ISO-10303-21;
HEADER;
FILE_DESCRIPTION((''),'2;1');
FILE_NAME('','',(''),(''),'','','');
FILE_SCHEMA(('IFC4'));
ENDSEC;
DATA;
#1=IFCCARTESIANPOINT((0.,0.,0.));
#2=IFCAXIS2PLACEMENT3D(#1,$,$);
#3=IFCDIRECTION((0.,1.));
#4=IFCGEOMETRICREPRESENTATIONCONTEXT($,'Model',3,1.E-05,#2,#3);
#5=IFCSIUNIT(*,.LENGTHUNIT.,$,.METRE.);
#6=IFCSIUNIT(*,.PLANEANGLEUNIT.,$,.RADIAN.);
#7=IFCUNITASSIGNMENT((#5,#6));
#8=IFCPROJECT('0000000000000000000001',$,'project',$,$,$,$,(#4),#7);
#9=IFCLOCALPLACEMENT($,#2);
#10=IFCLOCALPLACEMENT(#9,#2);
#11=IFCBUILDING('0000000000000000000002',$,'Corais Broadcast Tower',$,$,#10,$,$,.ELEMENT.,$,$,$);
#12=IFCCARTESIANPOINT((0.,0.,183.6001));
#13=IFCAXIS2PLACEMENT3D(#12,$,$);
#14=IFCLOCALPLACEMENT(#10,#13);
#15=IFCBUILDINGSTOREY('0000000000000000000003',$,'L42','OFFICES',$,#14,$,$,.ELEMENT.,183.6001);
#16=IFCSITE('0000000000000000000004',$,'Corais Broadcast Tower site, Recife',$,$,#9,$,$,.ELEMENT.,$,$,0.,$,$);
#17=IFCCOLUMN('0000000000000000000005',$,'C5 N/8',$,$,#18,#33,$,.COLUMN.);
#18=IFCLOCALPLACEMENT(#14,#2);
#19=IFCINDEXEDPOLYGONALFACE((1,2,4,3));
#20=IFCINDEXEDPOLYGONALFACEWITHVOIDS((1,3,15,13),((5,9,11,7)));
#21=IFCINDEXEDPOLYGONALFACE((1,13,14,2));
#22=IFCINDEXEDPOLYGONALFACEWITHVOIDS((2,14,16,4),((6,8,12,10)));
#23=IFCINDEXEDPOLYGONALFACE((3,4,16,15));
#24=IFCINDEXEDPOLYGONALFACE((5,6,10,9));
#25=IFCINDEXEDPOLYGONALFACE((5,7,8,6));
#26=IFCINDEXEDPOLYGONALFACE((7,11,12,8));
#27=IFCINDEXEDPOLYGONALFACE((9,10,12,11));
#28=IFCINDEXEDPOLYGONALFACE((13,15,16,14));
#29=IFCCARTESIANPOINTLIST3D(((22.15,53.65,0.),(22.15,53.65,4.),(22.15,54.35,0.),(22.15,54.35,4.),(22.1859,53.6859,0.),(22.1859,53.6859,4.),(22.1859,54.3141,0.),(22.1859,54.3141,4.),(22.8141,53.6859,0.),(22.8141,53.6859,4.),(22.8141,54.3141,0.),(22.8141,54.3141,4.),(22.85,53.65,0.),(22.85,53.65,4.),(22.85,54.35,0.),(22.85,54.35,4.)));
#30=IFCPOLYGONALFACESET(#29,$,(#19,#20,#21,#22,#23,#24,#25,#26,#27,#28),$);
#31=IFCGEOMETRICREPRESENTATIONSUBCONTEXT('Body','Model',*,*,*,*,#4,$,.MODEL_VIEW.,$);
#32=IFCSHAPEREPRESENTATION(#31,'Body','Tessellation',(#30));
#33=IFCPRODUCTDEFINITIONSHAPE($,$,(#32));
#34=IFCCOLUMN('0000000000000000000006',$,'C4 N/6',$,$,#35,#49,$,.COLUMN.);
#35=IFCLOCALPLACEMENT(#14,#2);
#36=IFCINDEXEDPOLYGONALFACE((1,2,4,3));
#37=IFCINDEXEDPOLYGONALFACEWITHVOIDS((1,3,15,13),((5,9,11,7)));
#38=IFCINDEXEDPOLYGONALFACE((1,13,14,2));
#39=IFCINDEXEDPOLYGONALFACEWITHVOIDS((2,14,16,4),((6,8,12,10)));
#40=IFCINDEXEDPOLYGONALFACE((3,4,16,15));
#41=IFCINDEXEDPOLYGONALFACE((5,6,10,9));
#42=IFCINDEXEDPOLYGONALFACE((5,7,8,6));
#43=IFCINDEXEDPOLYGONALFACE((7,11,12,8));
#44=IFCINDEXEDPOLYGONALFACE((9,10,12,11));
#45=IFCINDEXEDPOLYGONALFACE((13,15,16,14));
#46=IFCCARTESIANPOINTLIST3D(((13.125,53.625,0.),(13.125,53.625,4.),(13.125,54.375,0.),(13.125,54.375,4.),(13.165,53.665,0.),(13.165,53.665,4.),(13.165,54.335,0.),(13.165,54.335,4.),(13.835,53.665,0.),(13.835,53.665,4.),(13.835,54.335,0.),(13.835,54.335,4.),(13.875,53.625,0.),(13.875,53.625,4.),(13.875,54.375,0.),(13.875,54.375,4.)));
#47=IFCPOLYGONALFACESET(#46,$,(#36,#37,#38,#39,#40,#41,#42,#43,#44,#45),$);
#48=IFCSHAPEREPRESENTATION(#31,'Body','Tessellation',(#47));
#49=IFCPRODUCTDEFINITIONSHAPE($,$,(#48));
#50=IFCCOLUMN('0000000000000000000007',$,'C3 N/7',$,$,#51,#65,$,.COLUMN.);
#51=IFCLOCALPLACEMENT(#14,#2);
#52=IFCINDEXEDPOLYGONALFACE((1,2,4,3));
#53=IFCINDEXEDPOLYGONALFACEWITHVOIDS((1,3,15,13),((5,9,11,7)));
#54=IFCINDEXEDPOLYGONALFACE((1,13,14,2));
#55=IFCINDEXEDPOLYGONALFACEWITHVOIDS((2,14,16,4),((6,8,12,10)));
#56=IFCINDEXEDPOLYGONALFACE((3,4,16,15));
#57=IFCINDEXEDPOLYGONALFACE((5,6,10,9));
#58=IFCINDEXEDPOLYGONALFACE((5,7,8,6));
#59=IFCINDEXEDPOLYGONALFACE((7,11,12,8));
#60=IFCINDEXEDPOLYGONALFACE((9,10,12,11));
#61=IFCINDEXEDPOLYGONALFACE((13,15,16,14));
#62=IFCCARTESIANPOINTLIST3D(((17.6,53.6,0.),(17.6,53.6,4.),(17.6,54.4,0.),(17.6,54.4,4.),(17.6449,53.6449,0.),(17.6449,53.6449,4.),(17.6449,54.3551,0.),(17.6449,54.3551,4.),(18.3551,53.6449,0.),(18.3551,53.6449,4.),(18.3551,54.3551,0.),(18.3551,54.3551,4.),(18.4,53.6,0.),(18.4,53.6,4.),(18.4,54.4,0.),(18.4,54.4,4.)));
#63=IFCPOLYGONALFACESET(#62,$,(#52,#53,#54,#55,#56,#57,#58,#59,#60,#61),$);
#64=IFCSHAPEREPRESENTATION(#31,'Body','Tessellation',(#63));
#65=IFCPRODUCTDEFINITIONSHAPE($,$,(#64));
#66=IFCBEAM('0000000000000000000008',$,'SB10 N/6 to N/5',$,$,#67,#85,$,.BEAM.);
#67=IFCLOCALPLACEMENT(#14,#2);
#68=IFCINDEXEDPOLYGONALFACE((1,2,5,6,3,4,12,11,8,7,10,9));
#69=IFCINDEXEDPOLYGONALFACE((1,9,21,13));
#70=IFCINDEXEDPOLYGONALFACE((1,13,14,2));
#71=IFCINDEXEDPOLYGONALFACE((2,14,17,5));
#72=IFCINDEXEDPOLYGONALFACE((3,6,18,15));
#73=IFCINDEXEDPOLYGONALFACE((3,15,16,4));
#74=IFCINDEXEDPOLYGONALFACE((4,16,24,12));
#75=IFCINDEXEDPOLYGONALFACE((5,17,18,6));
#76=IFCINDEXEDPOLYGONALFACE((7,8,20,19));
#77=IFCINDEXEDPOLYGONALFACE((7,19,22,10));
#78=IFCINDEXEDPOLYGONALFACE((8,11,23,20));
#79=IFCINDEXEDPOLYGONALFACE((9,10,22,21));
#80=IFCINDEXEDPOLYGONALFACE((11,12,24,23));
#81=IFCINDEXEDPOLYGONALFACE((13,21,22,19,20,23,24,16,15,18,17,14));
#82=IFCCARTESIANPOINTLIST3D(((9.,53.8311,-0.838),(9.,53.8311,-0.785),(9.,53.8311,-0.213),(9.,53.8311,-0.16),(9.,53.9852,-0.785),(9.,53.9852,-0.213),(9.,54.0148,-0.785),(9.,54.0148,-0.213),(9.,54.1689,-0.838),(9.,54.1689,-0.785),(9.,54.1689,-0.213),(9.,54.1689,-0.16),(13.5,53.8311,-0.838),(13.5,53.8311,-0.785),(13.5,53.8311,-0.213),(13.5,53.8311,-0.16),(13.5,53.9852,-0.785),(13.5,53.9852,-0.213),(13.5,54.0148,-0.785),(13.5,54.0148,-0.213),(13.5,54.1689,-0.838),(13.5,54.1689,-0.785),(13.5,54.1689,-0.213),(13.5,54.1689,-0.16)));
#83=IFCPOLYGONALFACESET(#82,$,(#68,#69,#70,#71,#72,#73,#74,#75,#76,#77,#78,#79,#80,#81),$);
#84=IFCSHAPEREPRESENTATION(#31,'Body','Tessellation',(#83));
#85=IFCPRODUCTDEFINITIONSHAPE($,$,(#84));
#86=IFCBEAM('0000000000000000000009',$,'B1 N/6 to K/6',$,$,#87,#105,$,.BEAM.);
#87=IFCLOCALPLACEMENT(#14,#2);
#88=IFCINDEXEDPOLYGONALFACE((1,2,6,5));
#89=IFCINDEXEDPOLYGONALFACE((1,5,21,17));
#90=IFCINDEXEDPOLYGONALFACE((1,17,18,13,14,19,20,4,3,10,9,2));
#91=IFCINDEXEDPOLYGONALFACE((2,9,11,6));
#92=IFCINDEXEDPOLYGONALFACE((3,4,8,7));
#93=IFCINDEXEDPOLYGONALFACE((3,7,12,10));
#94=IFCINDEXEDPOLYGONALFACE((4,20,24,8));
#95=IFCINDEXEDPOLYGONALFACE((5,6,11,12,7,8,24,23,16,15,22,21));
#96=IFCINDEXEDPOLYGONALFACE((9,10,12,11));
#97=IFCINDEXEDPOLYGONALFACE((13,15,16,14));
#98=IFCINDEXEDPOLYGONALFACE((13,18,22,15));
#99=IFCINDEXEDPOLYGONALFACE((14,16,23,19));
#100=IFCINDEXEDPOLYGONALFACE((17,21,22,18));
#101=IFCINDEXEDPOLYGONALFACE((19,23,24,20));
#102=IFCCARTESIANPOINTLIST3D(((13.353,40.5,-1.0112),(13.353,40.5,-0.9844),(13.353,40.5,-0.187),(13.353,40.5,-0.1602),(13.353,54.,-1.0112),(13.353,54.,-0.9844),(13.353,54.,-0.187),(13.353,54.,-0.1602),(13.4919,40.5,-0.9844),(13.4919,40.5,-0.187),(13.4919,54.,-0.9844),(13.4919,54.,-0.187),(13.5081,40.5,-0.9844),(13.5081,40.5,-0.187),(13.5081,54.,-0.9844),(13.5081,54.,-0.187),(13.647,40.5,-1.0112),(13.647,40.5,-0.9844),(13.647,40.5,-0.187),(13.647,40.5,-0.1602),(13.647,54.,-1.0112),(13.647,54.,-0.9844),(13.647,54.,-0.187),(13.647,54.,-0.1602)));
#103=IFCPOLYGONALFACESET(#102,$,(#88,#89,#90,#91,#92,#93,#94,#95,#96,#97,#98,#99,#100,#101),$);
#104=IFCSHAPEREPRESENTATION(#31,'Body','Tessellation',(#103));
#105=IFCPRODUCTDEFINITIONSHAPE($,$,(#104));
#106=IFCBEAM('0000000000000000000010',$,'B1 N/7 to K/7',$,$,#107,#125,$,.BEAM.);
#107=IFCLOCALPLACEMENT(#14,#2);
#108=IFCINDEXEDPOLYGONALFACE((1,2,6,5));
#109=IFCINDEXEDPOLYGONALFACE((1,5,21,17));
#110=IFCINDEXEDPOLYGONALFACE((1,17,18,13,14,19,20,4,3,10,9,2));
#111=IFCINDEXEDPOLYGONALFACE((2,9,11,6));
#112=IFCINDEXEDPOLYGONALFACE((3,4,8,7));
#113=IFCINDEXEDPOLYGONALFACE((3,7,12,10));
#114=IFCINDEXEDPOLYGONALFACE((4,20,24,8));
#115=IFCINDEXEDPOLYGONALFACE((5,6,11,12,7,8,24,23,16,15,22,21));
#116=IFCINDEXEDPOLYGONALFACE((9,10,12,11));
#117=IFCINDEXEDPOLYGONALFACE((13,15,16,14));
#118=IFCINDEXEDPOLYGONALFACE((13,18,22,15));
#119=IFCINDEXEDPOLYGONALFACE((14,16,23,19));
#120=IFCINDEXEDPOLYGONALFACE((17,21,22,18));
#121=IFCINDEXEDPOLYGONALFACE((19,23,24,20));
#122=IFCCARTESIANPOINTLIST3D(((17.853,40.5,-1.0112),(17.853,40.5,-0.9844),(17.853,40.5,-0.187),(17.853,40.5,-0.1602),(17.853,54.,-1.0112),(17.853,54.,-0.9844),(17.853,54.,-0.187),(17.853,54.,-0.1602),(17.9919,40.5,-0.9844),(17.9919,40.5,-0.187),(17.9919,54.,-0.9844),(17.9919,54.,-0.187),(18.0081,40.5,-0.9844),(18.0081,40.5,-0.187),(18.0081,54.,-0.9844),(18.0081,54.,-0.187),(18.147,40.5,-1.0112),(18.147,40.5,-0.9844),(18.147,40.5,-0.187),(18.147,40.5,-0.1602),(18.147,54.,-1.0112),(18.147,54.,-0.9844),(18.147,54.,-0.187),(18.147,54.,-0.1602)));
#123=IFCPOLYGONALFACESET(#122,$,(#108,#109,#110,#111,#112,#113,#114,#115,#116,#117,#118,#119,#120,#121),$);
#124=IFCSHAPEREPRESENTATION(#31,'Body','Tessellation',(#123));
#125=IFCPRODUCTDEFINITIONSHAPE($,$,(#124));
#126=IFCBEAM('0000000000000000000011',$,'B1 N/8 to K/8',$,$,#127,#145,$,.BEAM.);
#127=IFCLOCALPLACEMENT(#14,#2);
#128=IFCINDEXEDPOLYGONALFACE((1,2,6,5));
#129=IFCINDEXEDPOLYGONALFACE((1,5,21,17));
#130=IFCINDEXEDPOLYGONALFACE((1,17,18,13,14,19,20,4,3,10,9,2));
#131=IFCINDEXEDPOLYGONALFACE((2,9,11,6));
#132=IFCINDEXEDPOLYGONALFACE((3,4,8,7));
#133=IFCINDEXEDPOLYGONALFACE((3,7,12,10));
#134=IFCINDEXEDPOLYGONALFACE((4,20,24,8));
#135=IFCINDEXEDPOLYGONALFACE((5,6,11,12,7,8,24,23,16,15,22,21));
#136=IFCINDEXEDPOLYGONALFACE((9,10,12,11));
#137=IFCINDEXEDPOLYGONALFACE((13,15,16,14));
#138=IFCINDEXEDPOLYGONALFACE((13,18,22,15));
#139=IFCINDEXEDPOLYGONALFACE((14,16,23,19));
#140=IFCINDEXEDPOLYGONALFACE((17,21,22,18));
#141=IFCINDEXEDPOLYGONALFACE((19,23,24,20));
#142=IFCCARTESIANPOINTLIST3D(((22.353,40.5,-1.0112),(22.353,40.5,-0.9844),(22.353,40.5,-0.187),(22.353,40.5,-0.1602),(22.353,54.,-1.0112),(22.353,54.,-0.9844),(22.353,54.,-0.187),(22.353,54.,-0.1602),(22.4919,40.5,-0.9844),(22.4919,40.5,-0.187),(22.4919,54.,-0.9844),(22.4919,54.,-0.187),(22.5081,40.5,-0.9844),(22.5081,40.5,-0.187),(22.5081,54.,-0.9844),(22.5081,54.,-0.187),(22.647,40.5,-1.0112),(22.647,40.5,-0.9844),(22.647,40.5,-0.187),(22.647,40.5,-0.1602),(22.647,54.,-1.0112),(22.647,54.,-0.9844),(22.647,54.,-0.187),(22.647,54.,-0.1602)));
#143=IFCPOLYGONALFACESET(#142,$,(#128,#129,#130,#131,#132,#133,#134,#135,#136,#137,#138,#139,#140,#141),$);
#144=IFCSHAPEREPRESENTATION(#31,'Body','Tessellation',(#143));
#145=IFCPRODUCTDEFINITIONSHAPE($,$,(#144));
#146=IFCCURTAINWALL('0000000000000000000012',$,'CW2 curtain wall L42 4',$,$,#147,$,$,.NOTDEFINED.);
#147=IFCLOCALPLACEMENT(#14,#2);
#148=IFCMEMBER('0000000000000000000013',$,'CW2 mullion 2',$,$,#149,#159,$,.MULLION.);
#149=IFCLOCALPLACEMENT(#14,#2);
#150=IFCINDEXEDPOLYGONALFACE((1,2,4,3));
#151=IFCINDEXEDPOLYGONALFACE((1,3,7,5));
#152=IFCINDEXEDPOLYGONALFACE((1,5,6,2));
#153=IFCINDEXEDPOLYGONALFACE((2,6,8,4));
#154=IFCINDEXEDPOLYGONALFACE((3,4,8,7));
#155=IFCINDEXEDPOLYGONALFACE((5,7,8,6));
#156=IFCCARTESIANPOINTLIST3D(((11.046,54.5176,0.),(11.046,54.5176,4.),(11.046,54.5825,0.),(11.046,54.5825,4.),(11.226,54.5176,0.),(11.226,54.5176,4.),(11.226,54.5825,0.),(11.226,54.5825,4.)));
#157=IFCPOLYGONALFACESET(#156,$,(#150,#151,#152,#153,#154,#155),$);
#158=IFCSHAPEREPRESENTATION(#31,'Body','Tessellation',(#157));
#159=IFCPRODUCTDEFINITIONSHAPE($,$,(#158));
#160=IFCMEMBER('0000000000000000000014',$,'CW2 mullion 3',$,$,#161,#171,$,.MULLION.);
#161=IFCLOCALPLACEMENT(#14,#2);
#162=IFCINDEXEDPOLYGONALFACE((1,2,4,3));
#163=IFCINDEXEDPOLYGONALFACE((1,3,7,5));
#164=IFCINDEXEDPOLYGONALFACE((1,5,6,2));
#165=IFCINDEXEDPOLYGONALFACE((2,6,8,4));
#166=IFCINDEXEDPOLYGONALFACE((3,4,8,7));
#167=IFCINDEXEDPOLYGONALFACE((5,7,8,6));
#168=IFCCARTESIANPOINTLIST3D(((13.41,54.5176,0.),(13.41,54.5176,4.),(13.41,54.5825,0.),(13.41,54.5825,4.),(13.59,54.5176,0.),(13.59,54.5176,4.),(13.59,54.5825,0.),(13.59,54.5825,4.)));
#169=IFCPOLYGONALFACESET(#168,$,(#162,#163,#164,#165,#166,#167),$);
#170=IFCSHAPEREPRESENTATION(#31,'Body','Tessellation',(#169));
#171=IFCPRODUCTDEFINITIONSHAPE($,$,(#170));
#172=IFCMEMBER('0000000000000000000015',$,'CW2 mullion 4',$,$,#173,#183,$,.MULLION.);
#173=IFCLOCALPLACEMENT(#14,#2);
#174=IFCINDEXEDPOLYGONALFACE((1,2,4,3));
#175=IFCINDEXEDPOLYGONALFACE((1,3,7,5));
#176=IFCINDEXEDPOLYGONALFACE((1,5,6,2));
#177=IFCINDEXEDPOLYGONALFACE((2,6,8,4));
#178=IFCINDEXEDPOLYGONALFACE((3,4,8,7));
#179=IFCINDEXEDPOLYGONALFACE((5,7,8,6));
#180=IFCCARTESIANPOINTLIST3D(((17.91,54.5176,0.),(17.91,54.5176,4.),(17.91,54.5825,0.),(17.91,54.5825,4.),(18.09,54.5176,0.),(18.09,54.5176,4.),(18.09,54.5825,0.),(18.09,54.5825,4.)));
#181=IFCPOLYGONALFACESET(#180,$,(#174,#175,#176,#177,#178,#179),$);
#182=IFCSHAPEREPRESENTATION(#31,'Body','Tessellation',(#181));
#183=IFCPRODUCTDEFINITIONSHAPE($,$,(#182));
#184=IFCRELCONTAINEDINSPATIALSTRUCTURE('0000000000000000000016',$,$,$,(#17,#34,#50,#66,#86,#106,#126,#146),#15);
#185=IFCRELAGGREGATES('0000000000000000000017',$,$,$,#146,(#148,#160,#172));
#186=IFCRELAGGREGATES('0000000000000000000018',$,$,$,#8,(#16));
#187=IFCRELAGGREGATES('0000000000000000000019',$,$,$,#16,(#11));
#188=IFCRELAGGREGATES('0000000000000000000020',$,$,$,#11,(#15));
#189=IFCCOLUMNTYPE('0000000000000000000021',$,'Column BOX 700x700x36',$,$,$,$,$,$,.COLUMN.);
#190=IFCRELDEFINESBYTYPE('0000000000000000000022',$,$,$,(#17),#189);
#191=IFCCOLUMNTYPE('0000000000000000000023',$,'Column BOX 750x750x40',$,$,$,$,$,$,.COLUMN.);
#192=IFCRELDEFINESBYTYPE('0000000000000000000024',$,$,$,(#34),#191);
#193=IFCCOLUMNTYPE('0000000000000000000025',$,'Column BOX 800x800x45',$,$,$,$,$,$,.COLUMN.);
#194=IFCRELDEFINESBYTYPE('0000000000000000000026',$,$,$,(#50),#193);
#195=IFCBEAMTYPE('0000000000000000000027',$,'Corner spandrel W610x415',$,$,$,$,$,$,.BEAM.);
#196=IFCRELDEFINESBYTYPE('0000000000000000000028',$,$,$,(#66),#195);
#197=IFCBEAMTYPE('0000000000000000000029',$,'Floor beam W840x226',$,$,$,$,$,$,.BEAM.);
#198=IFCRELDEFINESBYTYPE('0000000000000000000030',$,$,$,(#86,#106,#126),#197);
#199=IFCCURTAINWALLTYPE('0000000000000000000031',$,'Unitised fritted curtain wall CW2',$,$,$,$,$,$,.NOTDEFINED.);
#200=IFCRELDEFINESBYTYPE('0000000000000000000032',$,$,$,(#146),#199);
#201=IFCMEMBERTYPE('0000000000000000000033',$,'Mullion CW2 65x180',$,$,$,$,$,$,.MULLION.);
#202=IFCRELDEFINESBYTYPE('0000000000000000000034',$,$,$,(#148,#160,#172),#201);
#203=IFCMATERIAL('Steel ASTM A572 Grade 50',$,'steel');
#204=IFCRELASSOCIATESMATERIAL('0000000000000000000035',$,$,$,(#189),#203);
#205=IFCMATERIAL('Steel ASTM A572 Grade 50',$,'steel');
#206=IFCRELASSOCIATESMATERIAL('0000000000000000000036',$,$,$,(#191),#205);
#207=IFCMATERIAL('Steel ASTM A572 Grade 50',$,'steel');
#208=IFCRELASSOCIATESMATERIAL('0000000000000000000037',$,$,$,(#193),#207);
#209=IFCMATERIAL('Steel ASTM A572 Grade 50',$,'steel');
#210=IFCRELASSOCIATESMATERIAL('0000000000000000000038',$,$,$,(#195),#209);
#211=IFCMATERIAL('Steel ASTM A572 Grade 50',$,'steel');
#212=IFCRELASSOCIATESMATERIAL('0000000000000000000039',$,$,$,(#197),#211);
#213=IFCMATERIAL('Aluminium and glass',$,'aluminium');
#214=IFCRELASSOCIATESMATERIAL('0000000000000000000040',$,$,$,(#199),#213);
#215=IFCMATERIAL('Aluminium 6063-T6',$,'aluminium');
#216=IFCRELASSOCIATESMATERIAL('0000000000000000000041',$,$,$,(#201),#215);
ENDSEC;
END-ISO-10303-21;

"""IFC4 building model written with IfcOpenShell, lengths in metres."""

from ifc_helpers import new_model, si_unit, direction, frame, origin, origin_2d, place, context, subcontext, project, spatial, rectangle, hollow_rectangle, i_section, extrude, material, material_profile, profile_set, type_object, element, aggregate, save


model = new_model("IFC4")

# Units and contexts
model_context = context("Model", 3, precision=1e-05, world=origin(), true_north=direction((0.0, 1.0)))
body_context = subcontext(model_context, "Body", "Model", "MODEL_VIEW")
ifc_project = project(units=[si_unit("LENGTHUNIT", "METRE"), si_unit("PLANEANGLEUNIT", "RADIAN")], contexts=[model_context])

# Site, building, storey
site_placement = place(None, origin())
site = spatial("IfcSite", under=ifc_project, at=site_placement, Name="Corais Broadcast Tower site, Recife", CompositionType="ELEMENT", RefElevation=0.0)
building_placement = place(site_placement, origin())
building = spatial("IfcBuilding", under=site, at=building_placement, Name="Corais Broadcast Tower", CompositionType="ELEMENT")
storey_placement = place(building_placement, frame((0.0, 0.0, 183.6001)))
storey = spatial("IfcBuildingStorey", under=building, at=storey_placement, Name="L42", Description="OFFICES", CompositionType="ELEMENT", Elevation=183.6001)

# Columns
ifc_material_1 = material(Name="Steel ASTM A572 Grade 50", Category="steel")
ifc_material_profile_1 = material_profile(ifc_material_1, hollow_rectangle(XDim=0.7, YDim=0.7, WallThickness=0.0359, at=origin_2d()), Name="BOX 700x700x36")
ifc_profile_set_1 = profile_set([ifc_material_profile_1], Name="Steel ASTM A572 Grade 50")
column_type_1 = type_object("IfcColumnType", Name="Column BOX 700x700x36", PredefinedType="COLUMN", material=ifc_profile_set_1)
column_1_placement = place(storey_placement, frame((22.5, 54.0, 0.0), z_axis=(0.0, 0.0, 1.0), x_axis=(1.0, 0.0, 0.0)))
element("IfcColumn", 1, at=column_1_placement, inside=storey, type_object=column_type_1, Name="C5 N/8", PredefinedType="COLUMN", context=body_context, shape_type="SweptSolid", body=[
    extrude(hollow_rectangle(XDim=0.7, YDim=0.7, WallThickness=0.0359, at=origin_2d()), origin(), (0.0, 0.0, 1.0), 4.0),
])
ifc_material_2 = material(Name="Steel ASTM A572 Grade 50", Category="steel")
ifc_material_profile_2 = material_profile(ifc_material_2, hollow_rectangle(XDim=0.75, YDim=0.75, WallThickness=0.04, at=origin_2d()), Name="BOX 750x750x40")
ifc_profile_set_2 = profile_set([ifc_material_profile_2], Name="Steel ASTM A572 Grade 50")
column_type_2 = type_object("IfcColumnType", Name="Column BOX 750x750x40", PredefinedType="COLUMN", material=ifc_profile_set_2)
column_2_placement = place(storey_placement, frame((13.5, 54.0, 0.0), z_axis=(0.0, 0.0, 1.0), x_axis=(1.0, 0.0, 0.0)))
element("IfcColumn", 2, at=column_2_placement, inside=storey, type_object=column_type_2, Name="C4 N/6", PredefinedType="COLUMN", context=body_context, shape_type="SweptSolid", body=[
    extrude(hollow_rectangle(XDim=0.75, YDim=0.75, WallThickness=0.04, at=origin_2d()), origin(), (0.0, 0.0, 1.0), 4.0),
])
ifc_material_3 = material(Name="Steel ASTM A572 Grade 50", Category="steel")
ifc_material_profile_3 = material_profile(ifc_material_3, hollow_rectangle(XDim=0.8, YDim=0.8, WallThickness=0.0449, at=origin_2d()), Name="BOX 800x800x45")
ifc_profile_set_3 = profile_set([ifc_material_profile_3], Name="Steel ASTM A572 Grade 50")
column_type_3 = type_object("IfcColumnType", Name="Column BOX 800x800x45", PredefinedType="COLUMN", material=ifc_profile_set_3)
column_3_placement = place(storey_placement, frame((18.0, 54.0, 0.0), z_axis=(0.0, 0.0, 1.0), x_axis=(1.0, 0.0, 0.0)))
element("IfcColumn", 3, at=column_3_placement, inside=storey, type_object=column_type_3, Name="C3 N/7", PredefinedType="COLUMN", context=body_context, shape_type="SweptSolid", body=[
    extrude(hollow_rectangle(XDim=0.8, YDim=0.8, WallThickness=0.0449, at=origin_2d()), origin(), (0.0, 0.0, 1.0), 4.0),
])

# Beams
ifc_material_4 = material(Name="Steel ASTM A572 Grade 50", Category="steel")
ifc_material_profile_4 = material_profile(ifc_material_4, i_section(OverallWidth=0.3379, OverallDepth=0.678, WebThickness=0.0295, FlangeThickness=0.053, at=origin_2d()), Name="W610x415")
ifc_profile_set_4 = profile_set([ifc_material_profile_4], Name="Steel ASTM A572 Grade 50")
beam_type_1 = type_object("IfcBeamType", Name="Corner spandrel W610x415", PredefinedType="BEAM", material=ifc_profile_set_4)
beam_1_placement = place(storey_placement, frame((13.5, 54.0, -0.499), z_axis=(-1.0, 0.0, 0.0), x_axis=(0.0, -1.0, 0.0)))
element("IfcBeam", 4, at=beam_1_placement, inside=storey, type_object=beam_type_1, Name="SB10 N/6 to N/5", PredefinedType="BEAM", context=body_context, shape_type="SweptSolid", body=[
    extrude(i_section(OverallWidth=0.3379, OverallDepth=0.678, WebThickness=0.0295, FlangeThickness=0.053, at=origin_2d()), origin(), (0.0, 0.0, 1.0), 4.5),
])
ifc_material_5 = material(Name="Steel ASTM A572 Grade 50", Category="steel")
ifc_material_profile_5 = material_profile(ifc_material_5, i_section(OverallWidth=0.2939, OverallDepth=0.8511, WebThickness=0.0161, FlangeThickness=0.0269, at=origin_2d()), Name="W840x226")
ifc_profile_set_5 = profile_set([ifc_material_profile_5], Name="Steel ASTM A572 Grade 50")
beam_type_2 = type_object("IfcBeamType", Name="Floor beam W840x226", PredefinedType="BEAM", material=ifc_profile_set_5)
for number, where, z_axis, x_axis, name in (
    (5, (13.5, 54.0, -0.5857), (0.0, -1.0, 0.0), (1.0, 0.0, 0.0), "B1 N/6 to K/6"),
    (6, (18.0, 54.0, -0.5857), (0.0, -1.0, 0.0), (1.0, 0.0, 0.0), "B1 N/7 to K/7"),
    (7, (22.5, 54.0, -0.5857), (0.0, -1.0, 0.0), (1.0, 0.0, 0.0), "B1 N/8 to K/8"),
):
    element("IfcBeam", number, at=place(storey_placement, frame(where, z_axis=z_axis, x_axis=x_axis)), inside=storey, type_object=beam_type_2, Name=name, PredefinedType="BEAM", context=body_context, shape_type="SweptSolid", body=[
        extrude(i_section(OverallWidth=0.2939, OverallDepth=0.8511, WebThickness=0.0161, FlangeThickness=0.0269, at=origin_2d()), origin(), (0.0, 0.0, 1.0), 13.5),
    ])

# Curtain wall, members
ifc_material_6 = material(Name="Aluminium and glass", Category="aluminium")
curtain_wall_type = type_object("IfcCurtainWallType", Name="Unitised fritted curtain wall CW2", PredefinedType="NOTDEFINED", material=ifc_material_6)
curtain_wall_placement = place(storey_placement, origin())
curtain_wall = element("IfcCurtainWall", 8, at=curtain_wall_placement, inside=storey, type_object=curtain_wall_type, Name="CW2 curtain wall L42 4", PredefinedType="NOTDEFINED")
ifc_material_7 = material(Name="Aluminium 6063-T6", Category="aluminium")
ifc_material_profile_6 = material_profile(ifc_material_7, rectangle(XDim=0.0649, YDim=0.1799, at=origin_2d()), Name="Mullion CW2 65x180")
ifc_profile_set_6 = profile_set([ifc_material_profile_6], Name="Aluminium 6063-T6")
member_type_1 = type_object("IfcMemberType", Name="Mullion CW2 65x180", PredefinedType="MULLION", material=ifc_profile_set_6)
member_1_placement = place(storey_placement, frame((11.136, 54.55, 0.0), z_axis=(0.0, 0.0, 1.0), x_axis=(0.0, 1.0, 0.0)))
member_1 = element("IfcMember", 9, at=member_1_placement, type_object=member_type_1, Name="CW2 mullion 2", PredefinedType="MULLION", context=body_context, shape_type="SweptSolid", body=[
    extrude(rectangle(XDim=0.0649, YDim=0.1799, at=origin_2d()), origin(), (0.0, 0.0, 1.0), 4.0),
])
member_2_placement = place(storey_placement, frame((13.5, 54.55, 0.0), z_axis=(0.0, 0.0, 1.0), x_axis=(0.0, 1.0, 0.0)))
member_2 = element("IfcMember", 10, at=member_2_placement, type_object=member_type_1, Name="CW2 mullion 3", PredefinedType="MULLION", context=body_context, shape_type="SweptSolid", body=[
    extrude(rectangle(XDim=0.0649, YDim=0.1799, at=origin_2d()), origin(), (0.0, 0.0, 1.0), 4.0),
])
member_3_placement = place(storey_placement, frame((18.0, 54.55, 0.0), z_axis=(0.0, 0.0, 1.0), x_axis=(0.0, 1.0, 0.0)))
member_3 = element("IfcMember", 11, at=member_3_placement, type_object=member_type_1, Name="CW2 mullion 4", PredefinedType="MULLION", context=body_context, shape_type="SweptSolid", body=[
    extrude(rectangle(XDim=0.0649, YDim=0.1799, at=origin_2d()), origin(), (0.0, 0.0, 1.0), 4.0),
])

aggregate(curtain_wall, [member_1, member_2, member_3])

save(model, "model.ifc")
